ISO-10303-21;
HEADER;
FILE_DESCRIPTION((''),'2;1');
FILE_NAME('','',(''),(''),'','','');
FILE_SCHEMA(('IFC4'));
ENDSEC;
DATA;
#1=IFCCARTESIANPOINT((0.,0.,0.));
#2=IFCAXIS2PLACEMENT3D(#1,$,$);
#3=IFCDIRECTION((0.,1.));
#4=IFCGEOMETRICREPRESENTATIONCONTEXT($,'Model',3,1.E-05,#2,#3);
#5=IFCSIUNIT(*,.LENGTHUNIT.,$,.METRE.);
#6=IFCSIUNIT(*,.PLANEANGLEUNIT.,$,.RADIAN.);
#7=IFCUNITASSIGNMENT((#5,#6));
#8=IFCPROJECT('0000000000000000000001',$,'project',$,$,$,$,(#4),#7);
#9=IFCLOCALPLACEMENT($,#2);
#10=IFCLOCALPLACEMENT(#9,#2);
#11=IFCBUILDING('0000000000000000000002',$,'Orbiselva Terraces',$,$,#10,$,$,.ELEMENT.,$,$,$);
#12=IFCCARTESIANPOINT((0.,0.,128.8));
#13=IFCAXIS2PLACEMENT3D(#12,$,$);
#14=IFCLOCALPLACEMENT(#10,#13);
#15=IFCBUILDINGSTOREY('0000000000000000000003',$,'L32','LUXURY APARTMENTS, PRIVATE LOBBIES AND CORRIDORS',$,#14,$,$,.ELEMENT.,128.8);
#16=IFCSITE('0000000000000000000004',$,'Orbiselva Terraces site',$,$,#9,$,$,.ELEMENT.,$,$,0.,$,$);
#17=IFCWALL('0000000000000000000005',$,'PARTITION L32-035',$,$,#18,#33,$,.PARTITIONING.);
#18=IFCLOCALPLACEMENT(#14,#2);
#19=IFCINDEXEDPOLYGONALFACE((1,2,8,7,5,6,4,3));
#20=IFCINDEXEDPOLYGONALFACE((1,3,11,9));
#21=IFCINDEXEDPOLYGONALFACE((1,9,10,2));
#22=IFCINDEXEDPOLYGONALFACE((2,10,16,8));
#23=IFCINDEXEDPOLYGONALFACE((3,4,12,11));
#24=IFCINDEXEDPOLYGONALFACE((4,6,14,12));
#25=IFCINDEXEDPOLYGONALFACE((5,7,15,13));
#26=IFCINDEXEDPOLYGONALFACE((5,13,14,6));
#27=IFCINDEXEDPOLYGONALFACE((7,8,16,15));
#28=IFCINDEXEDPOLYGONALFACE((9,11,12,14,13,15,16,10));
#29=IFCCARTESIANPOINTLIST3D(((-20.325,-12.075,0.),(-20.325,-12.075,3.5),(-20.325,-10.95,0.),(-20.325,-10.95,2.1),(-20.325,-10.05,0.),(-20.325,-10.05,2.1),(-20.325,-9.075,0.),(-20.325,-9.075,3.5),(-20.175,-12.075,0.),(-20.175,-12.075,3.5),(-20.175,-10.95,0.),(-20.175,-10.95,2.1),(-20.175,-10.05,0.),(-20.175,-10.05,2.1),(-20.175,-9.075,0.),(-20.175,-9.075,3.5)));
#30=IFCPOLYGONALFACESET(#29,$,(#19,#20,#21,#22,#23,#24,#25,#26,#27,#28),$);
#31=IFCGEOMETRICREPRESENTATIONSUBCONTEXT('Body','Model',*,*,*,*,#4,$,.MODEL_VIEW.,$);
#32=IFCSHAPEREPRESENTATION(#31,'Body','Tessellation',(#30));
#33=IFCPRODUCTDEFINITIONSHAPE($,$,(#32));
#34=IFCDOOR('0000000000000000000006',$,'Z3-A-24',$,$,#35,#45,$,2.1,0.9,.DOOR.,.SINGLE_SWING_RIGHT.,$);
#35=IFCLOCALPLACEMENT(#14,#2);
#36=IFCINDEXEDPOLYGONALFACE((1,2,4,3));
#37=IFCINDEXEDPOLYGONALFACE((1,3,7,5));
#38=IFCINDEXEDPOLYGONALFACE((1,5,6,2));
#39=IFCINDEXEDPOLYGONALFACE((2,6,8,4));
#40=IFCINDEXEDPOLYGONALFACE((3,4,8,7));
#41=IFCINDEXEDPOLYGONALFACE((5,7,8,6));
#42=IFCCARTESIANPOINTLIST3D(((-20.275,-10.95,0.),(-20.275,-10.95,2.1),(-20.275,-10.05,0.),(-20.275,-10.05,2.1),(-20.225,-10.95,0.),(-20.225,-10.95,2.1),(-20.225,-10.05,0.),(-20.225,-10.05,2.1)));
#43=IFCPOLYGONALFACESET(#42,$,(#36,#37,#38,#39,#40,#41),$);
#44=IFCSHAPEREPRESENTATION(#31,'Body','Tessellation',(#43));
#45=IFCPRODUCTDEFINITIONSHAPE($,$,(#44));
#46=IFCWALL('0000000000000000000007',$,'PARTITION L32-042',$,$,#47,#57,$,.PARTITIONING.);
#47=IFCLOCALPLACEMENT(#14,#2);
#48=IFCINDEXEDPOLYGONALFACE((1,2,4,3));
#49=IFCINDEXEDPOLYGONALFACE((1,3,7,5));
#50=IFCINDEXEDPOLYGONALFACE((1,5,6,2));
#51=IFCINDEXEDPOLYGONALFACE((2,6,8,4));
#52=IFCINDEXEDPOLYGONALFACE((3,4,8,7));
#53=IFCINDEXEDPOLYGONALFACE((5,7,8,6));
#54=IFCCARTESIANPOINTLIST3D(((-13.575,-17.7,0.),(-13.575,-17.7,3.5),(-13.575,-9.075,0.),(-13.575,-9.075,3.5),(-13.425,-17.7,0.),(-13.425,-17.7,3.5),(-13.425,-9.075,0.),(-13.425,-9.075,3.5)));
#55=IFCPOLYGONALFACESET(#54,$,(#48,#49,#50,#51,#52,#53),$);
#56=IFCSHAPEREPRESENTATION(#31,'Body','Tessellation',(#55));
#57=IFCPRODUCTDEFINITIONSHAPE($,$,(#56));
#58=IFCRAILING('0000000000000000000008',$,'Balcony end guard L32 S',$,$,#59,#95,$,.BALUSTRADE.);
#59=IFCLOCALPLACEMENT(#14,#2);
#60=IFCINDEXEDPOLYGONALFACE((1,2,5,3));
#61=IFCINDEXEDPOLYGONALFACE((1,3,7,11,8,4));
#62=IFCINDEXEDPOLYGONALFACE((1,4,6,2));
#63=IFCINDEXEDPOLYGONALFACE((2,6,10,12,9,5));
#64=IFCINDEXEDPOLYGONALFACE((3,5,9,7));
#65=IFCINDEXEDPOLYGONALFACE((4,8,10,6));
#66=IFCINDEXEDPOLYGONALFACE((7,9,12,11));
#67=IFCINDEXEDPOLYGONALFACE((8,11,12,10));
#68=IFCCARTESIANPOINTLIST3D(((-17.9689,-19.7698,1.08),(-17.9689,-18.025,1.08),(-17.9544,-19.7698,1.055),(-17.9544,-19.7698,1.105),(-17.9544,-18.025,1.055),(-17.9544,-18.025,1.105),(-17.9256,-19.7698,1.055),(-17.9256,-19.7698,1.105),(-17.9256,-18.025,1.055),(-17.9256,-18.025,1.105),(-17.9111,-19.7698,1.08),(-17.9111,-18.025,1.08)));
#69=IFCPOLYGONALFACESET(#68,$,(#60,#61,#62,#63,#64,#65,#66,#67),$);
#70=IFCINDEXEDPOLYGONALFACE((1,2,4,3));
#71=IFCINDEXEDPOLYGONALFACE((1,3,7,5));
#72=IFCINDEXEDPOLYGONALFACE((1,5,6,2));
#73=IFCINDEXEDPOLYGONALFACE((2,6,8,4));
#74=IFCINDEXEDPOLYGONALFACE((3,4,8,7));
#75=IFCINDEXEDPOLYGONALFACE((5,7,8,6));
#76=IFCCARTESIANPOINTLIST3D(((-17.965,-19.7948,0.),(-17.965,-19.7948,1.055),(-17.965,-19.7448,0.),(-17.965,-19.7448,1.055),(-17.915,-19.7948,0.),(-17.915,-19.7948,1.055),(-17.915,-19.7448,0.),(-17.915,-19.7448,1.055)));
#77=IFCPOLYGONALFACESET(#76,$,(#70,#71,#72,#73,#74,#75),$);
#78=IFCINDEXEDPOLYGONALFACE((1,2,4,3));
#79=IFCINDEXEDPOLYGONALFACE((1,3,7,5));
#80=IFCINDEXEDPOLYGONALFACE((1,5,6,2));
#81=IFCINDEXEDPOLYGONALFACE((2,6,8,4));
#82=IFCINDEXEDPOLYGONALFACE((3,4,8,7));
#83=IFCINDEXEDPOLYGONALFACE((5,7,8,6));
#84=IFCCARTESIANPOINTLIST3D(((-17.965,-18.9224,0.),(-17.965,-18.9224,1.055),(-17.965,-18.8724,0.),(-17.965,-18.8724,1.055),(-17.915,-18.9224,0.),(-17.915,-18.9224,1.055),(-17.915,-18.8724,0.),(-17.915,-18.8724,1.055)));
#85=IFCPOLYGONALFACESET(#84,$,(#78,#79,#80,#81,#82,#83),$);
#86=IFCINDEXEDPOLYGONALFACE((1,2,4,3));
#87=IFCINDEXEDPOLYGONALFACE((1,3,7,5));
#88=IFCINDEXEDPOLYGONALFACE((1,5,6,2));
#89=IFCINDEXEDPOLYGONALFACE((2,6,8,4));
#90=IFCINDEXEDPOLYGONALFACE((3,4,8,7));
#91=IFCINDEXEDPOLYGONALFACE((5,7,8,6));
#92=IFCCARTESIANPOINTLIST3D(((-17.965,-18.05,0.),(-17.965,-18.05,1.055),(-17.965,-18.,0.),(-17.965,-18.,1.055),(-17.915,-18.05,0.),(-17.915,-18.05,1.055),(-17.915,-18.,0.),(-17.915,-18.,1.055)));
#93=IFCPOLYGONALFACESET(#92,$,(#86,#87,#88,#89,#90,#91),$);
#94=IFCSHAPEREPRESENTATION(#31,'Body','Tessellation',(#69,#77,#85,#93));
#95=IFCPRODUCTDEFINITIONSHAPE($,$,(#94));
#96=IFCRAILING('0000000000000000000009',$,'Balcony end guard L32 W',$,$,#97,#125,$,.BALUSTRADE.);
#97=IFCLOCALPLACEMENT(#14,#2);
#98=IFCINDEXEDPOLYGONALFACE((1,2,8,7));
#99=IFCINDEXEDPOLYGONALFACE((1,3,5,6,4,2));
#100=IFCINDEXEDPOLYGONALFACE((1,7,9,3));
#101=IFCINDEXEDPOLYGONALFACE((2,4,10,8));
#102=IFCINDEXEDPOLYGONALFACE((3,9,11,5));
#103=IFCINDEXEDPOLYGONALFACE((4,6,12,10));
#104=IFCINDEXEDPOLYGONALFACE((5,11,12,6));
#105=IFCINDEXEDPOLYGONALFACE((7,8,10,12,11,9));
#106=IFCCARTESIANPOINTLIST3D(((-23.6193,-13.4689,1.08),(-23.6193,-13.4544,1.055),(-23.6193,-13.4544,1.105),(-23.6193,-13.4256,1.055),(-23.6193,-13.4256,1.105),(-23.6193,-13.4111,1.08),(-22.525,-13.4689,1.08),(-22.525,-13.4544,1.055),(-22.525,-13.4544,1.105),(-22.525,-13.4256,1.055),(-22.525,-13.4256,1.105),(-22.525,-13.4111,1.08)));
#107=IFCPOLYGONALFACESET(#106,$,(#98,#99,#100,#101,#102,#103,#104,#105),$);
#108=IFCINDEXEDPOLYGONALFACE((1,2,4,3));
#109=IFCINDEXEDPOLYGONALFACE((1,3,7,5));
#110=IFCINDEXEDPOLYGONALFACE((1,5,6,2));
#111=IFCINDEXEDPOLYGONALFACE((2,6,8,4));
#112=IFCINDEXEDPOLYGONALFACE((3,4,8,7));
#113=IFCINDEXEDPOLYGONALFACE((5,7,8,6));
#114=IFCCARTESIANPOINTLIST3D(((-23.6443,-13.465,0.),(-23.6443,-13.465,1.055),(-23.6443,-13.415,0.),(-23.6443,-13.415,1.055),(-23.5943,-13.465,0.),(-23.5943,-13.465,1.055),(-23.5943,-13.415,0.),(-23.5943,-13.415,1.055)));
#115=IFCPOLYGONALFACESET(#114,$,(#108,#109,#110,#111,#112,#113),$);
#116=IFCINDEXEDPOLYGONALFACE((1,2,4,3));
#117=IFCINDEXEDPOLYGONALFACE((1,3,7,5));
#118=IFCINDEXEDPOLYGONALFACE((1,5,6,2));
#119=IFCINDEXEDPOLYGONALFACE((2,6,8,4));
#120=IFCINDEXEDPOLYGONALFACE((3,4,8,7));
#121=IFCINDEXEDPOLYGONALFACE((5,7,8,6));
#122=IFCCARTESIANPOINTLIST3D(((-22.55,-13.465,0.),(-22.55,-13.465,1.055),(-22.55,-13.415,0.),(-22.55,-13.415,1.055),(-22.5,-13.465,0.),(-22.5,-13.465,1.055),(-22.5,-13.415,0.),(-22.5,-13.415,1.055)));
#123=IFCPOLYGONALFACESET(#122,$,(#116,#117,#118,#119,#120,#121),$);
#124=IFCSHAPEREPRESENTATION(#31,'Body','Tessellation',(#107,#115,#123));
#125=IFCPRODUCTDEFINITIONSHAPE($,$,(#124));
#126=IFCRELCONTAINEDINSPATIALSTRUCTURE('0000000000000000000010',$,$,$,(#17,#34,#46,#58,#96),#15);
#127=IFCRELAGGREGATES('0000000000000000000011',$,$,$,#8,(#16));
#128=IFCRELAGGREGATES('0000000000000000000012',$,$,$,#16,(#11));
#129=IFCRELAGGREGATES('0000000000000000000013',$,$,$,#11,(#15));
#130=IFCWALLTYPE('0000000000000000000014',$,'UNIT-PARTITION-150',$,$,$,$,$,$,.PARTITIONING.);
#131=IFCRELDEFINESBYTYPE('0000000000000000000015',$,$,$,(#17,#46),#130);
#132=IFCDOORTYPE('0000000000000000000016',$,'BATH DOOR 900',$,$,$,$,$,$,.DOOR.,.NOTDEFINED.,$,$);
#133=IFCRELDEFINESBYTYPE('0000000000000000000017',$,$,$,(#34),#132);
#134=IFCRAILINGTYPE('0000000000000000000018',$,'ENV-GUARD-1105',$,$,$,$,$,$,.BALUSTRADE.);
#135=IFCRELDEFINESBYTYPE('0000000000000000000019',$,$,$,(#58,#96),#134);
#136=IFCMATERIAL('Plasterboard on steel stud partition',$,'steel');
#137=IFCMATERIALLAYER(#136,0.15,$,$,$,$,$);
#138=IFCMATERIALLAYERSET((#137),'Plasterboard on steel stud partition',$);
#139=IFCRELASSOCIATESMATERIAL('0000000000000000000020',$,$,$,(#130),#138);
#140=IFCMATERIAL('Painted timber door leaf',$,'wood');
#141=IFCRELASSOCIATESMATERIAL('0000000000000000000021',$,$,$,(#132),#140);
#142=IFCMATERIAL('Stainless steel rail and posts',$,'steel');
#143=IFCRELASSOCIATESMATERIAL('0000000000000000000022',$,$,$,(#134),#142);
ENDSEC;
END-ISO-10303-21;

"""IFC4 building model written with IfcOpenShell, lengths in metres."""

from ifc_helpers import new_model, si_unit, direction, frame, frame_2d, origin, origin_2d, place, context, subcontext, project, spatial, polyline, rectangle, outline, extrude, material, layer, layer_set, type_object, element, fill, save


model = new_model("IFC4")

# Units and contexts
model_context = context("Model", 3, precision=1e-05, world=origin(), true_north=direction((0.0, 1.0)))
body_context = subcontext(model_context, "Body", "Model", "MODEL_VIEW")
ifc_project = project(units=[si_unit("LENGTHUNIT", "METRE"), si_unit("PLANEANGLEUNIT", "RADIAN")], contexts=[model_context])

# Site, building, storey
site_placement = place(None, origin())
site = spatial("IfcSite", under=ifc_project, at=site_placement, Name="Orbiselva Terraces site", CompositionType="ELEMENT", RefElevation=0.0)
building_placement = place(site_placement, origin())
building = spatial("IfcBuilding", under=site, at=building_placement, Name="Orbiselva Terraces", CompositionType="ELEMENT")
storey_placement = place(building_placement, frame((0.0, 0.0, 128.8)))
storey = spatial("IfcBuildingStorey", under=building, at=storey_placement, Name="L32", Description="LUXURY APARTMENTS, PRIVATE LOBBIES AND CORRIDORS", CompositionType="ELEMENT", Elevation=128.8)

# Shared definitions
ifc_material_1 = material(Name="Plasterboard on steel stud partition", Category="steel")
ifc_layer_1 = layer(ifc_material_1, 0.15)
ifc_layer_set_1 = layer_set([ifc_layer_1], Name="Plasterboard on steel stud partition")
wall_type_1 = type_object("IfcWallType", Name="UNIT-PARTITION-150", PredefinedType="PARTITIONING", material=ifc_layer_set_1)

# Wall, opening, door
wall_1_placement = place(storey_placement, frame((-20.25, -12.075, 0.0), z_axis=(0.0, 0.0, 1.0), x_axis=(0.0, 1.0, 0.0)))
wall_1 = element("IfcWall", 1, at=wall_1_placement, inside=storey, type_object=wall_type_1, Name="PARTITION L32-035", PredefinedType="PARTITIONING", context=body_context, shape_type="SweptSolid", body=[
    extrude(rectangle(XDim=3.0, YDim=0.15, at=frame_2d((1.5, 0.0))), origin(), (0.0, 0.0, 1.0), 3.5),
])
opening_1_placement = place(wall_1_placement, frame((1.125, 0.0, 0.0)))
opening_1 = element("IfcOpeningElement", 2, at=opening_1_placement, cuts=wall_1, PredefinedType="OPENING", context=body_context, shape_type="SweptSolid", body=[
    extrude(rectangle(XDim=0.9, YDim=2.1, at=frame_2d((0.45, 1.05))), frame((0.0, 0.085, 0.0), z_axis=(0.0, -1.0, 0.0), x_axis=(1.0, 0.0, 0.0)), (0.0, 0.0, 1.0), 0.17),
])
ifc_material_2 = material(Name="Painted timber door leaf", Category="wood")
door_type_1 = type_object("IfcDoorType", Name="BATH DOOR 900", OperationType="NOTDEFINED", PredefinedType="DOOR", material=ifc_material_2)
door_1_placement = place(opening_1_placement, origin())
door_1 = element("IfcDoor", 3, at=door_1_placement, inside=storey, type_object=door_type_1, Name="Z3-A-24", OperationType="SINGLE_SWING_RIGHT", OverallHeight=2.1, OverallWidth=0.9, PredefinedType="DOOR", context=body_context, shape_type="SweptSolid", body=[
    extrude(rectangle(XDim=0.9, YDim=2.1, at=frame_2d((0.45, 1.05))), frame((0.0, 0.025, 0.0), z_axis=(0.0, -1.0, 0.0), x_axis=(1.0, 0.0, 0.0)), (0.0, 0.0, 1.0), 0.05),
])
fill(opening_1, door_1)

# Wall
wall_2_placement = place(storey_placement, frame((-13.5, -17.7, 0.0), z_axis=(0.0, 0.0, 1.0), x_axis=(0.0, 1.0, 0.0)))
element("IfcWall", 4, at=wall_2_placement, inside=storey, type_object=wall_type_1, Name="PARTITION L32-042", PredefinedType="PARTITIONING", context=body_context, shape_type="SweptSolid", body=[
    extrude(rectangle(XDim=8.625, YDim=0.15, at=frame_2d((4.3125, 0.0))), origin(), (0.0, 0.0, 1.0), 3.5),
])

# Railings
ifc_material_3 = material(Name="Stainless steel rail and posts", Category="steel")
railing_type_1 = type_object("IfcRailingType", Name="ENV-GUARD-1105", PredefinedType="BALUSTRADE", material=ifc_material_3)
railing_1_placement = place(storey_placement, frame((-17.94, -19.7698, 0.0)))
element("IfcRailing", 5, at=railing_1_placement, inside=storey, type_object=railing_type_1, Name="Balcony end guard L32 S", PredefinedType="BALUSTRADE", context=body_context, shape_type="SweptSolid", body=[
    extrude(outline(polyline([(0.0289, 0.0), (0.0144, 0.025), (-0.0144, 0.025), (-0.0289, 0.0), (-0.0144, -0.025), (0.0144, -0.025), (0.0289, 0.0)])), frame((0.0, 0.0, 1.08), z_axis=(0.0, 1.0, 0.0), x_axis=(-1.0, 0.0, 0.0)), (0.0, 0.0, 1.0), 1.7448),
    extrude(rectangle(XDim=0.05, YDim=0.05, at=origin_2d()), origin(), (0.0, 0.0, 1.0), 1.055),
    extrude(rectangle(XDim=0.05, YDim=0.05, at=origin_2d()), frame((0.0, 0.8724, 0.0)), (0.0, 0.0, 1.0), 1.055),
    extrude(rectangle(XDim=0.05, YDim=0.05, at=origin_2d()), frame((0.0, 1.7448, 0.0)), (0.0, 0.0, 1.0), 1.055),
])
railing_2_placement = place(storey_placement, frame((-23.6193, -13.44, 0.0)))
element("IfcRailing", 6, at=railing_2_placement, inside=storey, type_object=railing_type_1, Name="Balcony end guard L32 W", PredefinedType="BALUSTRADE", context=body_context, shape_type="SweptSolid", body=[
    extrude(outline(polyline([(0.0289, 0.0), (0.0144, 0.025), (-0.0144, 0.025), (-0.0289, 0.0), (-0.0144, -0.025), (0.0144, -0.025), (0.0289, 0.0)])), frame((0.0, 0.0, 1.08), z_axis=(1.0, 0.0, 0.0), x_axis=(0.0, 1.0, 0.0)), (0.0, 0.0, 1.0), 1.0943),
    extrude(rectangle(XDim=0.05, YDim=0.05, at=origin_2d()), origin(), (0.0, 0.0, 1.0), 1.055),
    extrude(rectangle(XDim=0.05, YDim=0.05, at=origin_2d()), frame((1.0943, 0.0, 0.0)), (0.0, 0.0, 1.0), 1.055),
])

save(model, "model.ifc")
